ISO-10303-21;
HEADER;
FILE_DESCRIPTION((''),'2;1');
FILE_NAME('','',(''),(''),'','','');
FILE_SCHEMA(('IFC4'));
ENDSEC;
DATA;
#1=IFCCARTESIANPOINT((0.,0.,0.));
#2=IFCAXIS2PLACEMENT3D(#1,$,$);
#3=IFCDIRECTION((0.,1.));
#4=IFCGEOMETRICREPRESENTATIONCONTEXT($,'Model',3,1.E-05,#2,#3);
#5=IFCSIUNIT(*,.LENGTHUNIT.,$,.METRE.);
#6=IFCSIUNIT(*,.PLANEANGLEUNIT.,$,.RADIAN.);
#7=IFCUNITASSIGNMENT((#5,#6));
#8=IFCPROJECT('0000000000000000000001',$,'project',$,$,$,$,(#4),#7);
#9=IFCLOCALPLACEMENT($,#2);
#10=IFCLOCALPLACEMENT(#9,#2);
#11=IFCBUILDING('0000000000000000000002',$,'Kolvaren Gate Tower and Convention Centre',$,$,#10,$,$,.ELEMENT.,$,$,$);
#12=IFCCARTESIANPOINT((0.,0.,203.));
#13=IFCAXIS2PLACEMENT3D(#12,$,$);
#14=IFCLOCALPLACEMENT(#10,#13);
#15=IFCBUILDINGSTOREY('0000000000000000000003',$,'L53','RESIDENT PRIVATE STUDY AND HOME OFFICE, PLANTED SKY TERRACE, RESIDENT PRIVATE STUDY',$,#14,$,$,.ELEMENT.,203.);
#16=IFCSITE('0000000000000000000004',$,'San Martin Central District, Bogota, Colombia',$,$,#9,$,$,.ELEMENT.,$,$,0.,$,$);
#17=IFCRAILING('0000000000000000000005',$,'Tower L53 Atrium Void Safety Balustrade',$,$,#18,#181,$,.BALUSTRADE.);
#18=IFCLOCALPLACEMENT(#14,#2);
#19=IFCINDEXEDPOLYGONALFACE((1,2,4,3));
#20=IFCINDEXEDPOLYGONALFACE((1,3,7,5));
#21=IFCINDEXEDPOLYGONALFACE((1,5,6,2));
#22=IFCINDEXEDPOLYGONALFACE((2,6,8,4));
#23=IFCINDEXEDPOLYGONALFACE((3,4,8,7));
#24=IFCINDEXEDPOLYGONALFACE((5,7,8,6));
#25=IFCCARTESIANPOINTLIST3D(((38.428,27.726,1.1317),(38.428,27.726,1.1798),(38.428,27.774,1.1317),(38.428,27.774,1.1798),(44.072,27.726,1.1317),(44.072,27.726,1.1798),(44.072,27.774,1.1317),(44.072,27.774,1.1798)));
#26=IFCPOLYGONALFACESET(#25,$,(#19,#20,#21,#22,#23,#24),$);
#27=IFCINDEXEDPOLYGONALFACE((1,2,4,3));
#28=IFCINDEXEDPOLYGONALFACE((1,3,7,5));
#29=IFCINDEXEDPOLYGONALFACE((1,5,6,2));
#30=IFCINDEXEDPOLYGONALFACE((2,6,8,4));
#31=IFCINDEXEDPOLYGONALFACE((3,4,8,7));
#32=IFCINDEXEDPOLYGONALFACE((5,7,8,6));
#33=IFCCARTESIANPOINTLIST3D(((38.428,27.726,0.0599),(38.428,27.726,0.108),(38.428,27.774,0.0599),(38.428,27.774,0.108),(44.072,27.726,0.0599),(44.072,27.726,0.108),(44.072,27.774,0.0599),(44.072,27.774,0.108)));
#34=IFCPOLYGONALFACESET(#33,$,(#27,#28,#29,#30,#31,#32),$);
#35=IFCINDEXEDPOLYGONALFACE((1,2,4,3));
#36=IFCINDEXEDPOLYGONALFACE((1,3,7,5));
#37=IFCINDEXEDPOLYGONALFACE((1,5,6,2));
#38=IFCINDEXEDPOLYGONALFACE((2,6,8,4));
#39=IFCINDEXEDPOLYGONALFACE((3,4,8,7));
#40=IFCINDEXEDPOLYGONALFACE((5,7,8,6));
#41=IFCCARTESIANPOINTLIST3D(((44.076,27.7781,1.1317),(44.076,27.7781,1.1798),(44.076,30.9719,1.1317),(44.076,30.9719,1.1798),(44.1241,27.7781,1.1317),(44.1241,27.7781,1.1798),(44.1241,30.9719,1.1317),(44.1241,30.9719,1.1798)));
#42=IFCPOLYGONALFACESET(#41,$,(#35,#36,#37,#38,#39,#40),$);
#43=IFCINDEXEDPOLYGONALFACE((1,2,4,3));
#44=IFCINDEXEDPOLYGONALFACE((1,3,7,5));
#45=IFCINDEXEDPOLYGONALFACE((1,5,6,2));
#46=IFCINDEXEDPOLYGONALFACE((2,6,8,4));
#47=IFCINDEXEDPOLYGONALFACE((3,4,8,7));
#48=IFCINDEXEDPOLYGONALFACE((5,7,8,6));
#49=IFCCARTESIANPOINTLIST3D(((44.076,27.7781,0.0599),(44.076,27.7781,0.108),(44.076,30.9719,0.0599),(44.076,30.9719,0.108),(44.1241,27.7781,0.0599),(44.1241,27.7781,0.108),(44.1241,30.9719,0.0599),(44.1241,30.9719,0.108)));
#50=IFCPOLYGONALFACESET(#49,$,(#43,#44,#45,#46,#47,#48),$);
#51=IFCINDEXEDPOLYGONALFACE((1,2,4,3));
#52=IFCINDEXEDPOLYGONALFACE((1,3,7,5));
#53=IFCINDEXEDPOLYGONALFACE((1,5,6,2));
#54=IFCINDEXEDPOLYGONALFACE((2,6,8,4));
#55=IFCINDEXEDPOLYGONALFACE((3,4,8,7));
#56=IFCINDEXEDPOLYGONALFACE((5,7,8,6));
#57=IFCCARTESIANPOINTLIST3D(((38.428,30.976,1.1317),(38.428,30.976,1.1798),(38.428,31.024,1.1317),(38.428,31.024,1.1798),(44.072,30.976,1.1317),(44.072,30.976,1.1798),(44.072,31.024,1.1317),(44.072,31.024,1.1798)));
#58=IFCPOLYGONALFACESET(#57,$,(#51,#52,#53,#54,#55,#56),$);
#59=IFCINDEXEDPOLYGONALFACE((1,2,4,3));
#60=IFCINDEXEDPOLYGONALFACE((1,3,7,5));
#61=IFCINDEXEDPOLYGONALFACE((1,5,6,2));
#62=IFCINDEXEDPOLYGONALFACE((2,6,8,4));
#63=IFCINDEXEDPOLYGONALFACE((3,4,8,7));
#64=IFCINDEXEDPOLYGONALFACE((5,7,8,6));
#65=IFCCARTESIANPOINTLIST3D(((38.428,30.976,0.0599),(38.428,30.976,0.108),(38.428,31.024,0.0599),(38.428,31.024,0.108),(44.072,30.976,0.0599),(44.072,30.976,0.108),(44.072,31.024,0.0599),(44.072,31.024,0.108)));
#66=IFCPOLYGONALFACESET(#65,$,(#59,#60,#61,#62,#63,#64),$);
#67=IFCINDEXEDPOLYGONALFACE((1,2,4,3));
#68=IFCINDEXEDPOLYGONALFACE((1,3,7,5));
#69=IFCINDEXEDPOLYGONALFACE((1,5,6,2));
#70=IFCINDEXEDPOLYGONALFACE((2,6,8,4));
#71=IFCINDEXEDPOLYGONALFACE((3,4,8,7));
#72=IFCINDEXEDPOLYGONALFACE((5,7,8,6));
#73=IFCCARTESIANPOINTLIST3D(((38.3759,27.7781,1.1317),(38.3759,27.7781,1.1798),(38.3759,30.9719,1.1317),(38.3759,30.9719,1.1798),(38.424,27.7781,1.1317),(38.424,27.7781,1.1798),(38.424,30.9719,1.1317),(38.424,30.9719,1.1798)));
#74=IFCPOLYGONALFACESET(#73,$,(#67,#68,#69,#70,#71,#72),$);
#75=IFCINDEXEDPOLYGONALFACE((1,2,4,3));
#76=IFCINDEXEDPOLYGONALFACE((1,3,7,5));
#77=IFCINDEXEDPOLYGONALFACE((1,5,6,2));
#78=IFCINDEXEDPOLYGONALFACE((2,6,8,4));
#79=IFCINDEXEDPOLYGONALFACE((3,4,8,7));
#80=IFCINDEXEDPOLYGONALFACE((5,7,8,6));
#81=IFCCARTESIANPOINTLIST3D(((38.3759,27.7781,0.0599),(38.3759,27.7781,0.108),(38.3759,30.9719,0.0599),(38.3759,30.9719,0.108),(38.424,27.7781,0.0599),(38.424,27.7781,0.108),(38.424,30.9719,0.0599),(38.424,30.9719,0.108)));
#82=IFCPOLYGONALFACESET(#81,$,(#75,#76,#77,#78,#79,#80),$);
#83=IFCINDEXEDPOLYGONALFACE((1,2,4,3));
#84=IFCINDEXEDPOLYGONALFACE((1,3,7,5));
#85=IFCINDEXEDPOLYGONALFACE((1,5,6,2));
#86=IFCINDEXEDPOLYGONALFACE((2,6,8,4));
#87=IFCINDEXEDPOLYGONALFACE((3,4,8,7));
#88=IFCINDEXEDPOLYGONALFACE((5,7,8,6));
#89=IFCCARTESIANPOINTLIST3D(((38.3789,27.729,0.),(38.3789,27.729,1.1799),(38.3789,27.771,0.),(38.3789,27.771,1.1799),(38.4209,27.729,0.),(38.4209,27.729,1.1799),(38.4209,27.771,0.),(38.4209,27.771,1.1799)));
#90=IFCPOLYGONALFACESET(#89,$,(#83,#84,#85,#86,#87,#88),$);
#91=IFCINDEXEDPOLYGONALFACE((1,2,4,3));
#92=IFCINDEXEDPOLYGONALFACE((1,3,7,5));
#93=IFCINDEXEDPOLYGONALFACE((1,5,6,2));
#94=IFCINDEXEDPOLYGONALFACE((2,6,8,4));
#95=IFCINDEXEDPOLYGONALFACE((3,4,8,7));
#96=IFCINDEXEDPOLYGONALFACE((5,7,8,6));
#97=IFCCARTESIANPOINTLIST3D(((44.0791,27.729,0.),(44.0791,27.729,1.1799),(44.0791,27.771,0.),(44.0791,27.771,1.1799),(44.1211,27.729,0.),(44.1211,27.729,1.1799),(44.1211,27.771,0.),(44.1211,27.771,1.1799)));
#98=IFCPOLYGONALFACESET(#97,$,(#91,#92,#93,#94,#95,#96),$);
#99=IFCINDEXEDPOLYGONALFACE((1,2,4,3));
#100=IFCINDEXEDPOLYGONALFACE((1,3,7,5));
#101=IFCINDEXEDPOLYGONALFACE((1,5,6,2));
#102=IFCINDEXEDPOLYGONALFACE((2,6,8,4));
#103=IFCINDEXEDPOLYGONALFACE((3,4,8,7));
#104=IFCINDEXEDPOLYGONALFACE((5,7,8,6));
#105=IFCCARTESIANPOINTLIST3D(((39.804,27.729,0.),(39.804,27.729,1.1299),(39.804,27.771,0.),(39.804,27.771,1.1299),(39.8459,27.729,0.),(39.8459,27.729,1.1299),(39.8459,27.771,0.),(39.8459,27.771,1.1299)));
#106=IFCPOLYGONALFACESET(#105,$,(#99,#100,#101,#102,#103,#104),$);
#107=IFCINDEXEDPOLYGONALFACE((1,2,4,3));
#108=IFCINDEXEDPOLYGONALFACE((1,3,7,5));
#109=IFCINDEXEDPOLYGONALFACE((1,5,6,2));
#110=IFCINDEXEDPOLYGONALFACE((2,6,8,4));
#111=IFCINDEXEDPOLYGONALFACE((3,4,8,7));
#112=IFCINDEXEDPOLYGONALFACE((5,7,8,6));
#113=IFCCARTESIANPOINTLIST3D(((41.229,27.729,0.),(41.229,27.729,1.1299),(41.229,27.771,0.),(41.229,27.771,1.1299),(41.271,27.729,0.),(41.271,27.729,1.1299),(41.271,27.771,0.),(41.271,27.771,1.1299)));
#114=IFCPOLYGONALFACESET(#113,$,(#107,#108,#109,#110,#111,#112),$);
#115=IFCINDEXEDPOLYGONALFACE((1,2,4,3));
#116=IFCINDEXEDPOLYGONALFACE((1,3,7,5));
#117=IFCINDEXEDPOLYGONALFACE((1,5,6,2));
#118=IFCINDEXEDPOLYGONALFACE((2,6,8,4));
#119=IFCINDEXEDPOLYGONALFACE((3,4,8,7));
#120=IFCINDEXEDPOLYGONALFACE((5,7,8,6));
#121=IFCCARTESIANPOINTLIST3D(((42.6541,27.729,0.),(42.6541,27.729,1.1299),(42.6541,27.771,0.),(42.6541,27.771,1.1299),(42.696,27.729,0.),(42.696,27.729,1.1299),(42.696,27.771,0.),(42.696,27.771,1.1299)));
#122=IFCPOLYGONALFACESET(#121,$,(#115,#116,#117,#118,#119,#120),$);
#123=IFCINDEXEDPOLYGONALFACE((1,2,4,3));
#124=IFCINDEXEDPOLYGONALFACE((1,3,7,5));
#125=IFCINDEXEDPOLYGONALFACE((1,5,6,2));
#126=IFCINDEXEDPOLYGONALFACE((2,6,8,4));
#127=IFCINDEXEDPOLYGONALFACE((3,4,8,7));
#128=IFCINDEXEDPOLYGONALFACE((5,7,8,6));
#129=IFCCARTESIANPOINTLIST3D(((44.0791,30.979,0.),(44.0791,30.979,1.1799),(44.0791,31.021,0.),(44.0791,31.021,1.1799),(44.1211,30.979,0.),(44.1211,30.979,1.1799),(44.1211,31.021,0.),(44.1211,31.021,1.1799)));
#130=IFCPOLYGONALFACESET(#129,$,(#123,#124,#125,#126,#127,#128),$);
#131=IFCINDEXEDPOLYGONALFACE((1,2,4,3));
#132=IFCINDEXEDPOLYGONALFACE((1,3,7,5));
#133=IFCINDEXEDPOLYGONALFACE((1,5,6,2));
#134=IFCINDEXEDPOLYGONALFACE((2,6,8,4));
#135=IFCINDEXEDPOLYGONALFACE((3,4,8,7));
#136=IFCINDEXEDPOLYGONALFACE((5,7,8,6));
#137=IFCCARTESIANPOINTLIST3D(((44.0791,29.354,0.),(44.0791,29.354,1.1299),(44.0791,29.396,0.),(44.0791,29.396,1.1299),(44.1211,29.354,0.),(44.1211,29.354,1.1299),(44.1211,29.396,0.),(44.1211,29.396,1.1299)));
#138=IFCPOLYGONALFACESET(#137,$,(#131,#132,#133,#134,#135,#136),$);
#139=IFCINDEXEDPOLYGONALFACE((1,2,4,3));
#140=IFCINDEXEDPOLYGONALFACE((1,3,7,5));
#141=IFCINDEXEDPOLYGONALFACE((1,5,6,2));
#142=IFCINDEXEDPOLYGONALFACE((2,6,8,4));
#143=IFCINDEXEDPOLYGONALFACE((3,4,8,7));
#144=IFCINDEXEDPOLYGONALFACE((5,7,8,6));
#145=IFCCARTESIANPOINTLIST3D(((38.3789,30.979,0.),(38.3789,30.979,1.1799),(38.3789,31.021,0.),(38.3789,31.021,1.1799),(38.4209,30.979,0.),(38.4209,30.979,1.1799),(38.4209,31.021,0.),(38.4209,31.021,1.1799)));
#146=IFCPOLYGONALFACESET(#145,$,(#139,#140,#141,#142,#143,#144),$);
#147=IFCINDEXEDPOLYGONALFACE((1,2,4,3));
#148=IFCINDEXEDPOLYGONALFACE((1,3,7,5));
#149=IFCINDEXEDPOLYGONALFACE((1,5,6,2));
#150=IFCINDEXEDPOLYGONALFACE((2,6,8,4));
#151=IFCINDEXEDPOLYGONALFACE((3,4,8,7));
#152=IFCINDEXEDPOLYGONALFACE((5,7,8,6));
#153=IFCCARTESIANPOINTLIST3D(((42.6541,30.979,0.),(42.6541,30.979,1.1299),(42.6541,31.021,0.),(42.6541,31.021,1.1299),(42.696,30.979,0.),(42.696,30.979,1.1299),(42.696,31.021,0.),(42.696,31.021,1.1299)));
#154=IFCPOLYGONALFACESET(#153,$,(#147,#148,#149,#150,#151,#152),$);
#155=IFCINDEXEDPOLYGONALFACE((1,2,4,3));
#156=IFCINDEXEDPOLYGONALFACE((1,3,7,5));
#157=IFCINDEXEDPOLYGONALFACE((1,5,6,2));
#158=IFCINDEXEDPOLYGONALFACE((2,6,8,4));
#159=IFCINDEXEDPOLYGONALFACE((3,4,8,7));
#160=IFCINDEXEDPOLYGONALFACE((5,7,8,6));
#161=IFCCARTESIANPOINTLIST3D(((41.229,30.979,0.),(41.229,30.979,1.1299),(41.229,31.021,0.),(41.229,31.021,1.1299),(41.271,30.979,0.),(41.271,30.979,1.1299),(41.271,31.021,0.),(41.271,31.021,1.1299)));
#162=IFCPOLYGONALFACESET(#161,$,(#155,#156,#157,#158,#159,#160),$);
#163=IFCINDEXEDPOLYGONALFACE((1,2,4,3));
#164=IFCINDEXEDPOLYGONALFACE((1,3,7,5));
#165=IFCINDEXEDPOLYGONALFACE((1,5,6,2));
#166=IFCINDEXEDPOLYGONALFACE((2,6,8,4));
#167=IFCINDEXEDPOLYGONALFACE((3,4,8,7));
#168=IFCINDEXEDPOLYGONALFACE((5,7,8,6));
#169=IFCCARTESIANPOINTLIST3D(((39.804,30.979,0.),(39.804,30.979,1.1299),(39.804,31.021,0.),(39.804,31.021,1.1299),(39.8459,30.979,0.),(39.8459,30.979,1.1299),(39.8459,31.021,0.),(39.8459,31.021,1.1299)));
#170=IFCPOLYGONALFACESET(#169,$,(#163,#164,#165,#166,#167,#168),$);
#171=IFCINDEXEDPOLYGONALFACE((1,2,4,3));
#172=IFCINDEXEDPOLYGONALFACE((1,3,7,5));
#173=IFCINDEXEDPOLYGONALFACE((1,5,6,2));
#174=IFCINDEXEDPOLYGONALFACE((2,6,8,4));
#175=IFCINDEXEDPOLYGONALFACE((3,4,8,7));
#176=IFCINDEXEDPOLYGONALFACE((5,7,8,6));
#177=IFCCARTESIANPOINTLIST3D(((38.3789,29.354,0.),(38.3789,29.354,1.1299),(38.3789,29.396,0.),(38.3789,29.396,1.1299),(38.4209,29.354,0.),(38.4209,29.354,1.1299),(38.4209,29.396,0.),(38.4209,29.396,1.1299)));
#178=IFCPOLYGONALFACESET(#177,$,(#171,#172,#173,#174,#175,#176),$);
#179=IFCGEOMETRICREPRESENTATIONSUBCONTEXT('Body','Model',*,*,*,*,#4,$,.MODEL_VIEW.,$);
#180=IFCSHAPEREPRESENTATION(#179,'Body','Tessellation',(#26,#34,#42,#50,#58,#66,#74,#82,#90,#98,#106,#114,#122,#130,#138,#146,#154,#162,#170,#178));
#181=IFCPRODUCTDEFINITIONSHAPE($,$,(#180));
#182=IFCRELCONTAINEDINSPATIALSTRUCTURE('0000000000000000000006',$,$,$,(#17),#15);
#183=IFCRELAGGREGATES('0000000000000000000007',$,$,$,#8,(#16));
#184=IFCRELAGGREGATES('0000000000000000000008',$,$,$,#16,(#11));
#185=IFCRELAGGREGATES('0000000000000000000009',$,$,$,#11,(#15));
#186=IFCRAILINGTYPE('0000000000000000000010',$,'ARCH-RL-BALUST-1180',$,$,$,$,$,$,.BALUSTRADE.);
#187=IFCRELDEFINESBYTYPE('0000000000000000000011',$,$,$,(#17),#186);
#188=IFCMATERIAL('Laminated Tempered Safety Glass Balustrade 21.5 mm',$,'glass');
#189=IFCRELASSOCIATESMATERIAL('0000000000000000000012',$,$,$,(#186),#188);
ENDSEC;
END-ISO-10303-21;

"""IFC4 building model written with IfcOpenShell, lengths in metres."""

from ifc_helpers import new_model, si_unit, direction, frame, origin, origin_2d, place, context, subcontext, project, spatial, rectangle, extrude, material, type_object, element, save


model = new_model("IFC4")

# Units and contexts
model_context = context("Model", 3, precision=1e-05, world=origin(), true_north=direction((0.0, 1.0)))
body_context = subcontext(model_context, "Body", "Model", "MODEL_VIEW")
ifc_project = project(units=[si_unit("LENGTHUNIT", "METRE"), si_unit("PLANEANGLEUNIT", "RADIAN")], contexts=[model_context])

# Site, building, storey
site_placement = place(None, origin())
site = spatial("IfcSite", under=ifc_project, at=site_placement, Name="San Martin Central District, Bogota, Colombia", CompositionType="ELEMENT", RefElevation=0.0)
building_placement = place(site_placement, origin())
building = spatial("IfcBuilding", under=site, at=building_placement, Name="Kolvaren Gate Tower and Convention Centre", CompositionType="ELEMENT")
storey_placement = place(building_placement, frame((0.0, 0.0, 203.0)))
storey = spatial("IfcBuildingStorey", under=building, at=storey_placement, Name="L53", Description="RESIDENT PRIVATE STUDY AND HOME OFFICE, PLANTED SKY TERRACE, RESIDENT PRIVATE STUDY", CompositionType="ELEMENT", Elevation=203.0)

# Railing
ifc_material_1 = material(Name="Laminated Tempered Safety Glass Balustrade 21.5 mm", Category="glass")
railing_type = type_object("IfcRailingType", Name="ARCH-RL-BALUST-1180", PredefinedType="BALUSTRADE", material=ifc_material_1)
railing_placement = place(storey_placement, frame((38.3999, 27.75, 0.0)))
element("IfcRailing", 1, at=railing_placement, inside=storey, type_object=railing_type, Name="Tower L53 Atrium Void Safety Balustrade", PredefinedType="BALUSTRADE", context=body_context, shape_type="SweptSolid", body=[
    extrude(rectangle(XDim=0.0481, YDim=0.0481, at=origin_2d()), frame((0.0281, 0.0, 1.1558), z_axis=(1.0, 0.0, 0.0), x_axis=(0.0, 1.0, 0.0)), (0.0, 0.0, 1.0), 5.644),
    extrude(rectangle(XDim=0.0481, YDim=0.0481, at=origin_2d()), frame((0.0281, 0.0, 0.084), z_axis=(1.0, 0.0, 0.0), x_axis=(0.0, 1.0, 0.0)), (0.0, 0.0, 1.0), 5.644),
    extrude(rectangle(XDim=0.0481, YDim=0.0481, at=origin_2d()), frame((5.7002, 0.0281, 1.1558), z_axis=(0.0, 1.0, 0.0), x_axis=(-1.0, 0.0, 0.0)), (0.0, 0.0, 1.0), 3.1938),
    extrude(rectangle(XDim=0.0481, YDim=0.0481, at=origin_2d()), frame((5.7002, 0.0281, 0.084), z_axis=(0.0, 1.0, 0.0), x_axis=(-1.0, 0.0, 0.0)), (0.0, 0.0, 1.0), 3.1938),
    extrude(rectangle(XDim=0.0481, YDim=0.0481, at=origin_2d()), frame((5.6721, 3.25, 1.1558), z_axis=(-1.0, 0.0, 0.0), x_axis=(0.0, -1.0, 0.0)), (0.0, 0.0, 1.0), 5.644),
    extrude(rectangle(XDim=0.0481, YDim=0.0481, at=origin_2d()), frame((5.6721, 3.25, 0.084), z_axis=(-1.0, 0.0, 0.0), x_axis=(0.0, -1.0, 0.0)), (0.0, 0.0, 1.0), 5.644),
    extrude(rectangle(XDim=0.0481, YDim=0.0481, at=origin_2d()), frame((0.0, 3.2219, 1.1558), z_axis=(0.0, -1.0, 0.0), x_axis=(1.0, 0.0, 0.0)), (0.0, 0.0, 1.0), 3.1938),
    extrude(rectangle(XDim=0.0481, YDim=0.0481, at=origin_2d()), frame((0.0, 3.2219, 0.084), z_axis=(0.0, -1.0, 0.0), x_axis=(1.0, 0.0, 0.0)), (0.0, 0.0, 1.0), 3.1938),
    extrude(rectangle(XDim=0.042, YDim=0.042, at=origin_2d()), origin(), (0.0, 0.0, 1.0), 1.1799),
    extrude(rectangle(XDim=0.042, YDim=0.042, at=origin_2d()), frame((5.7002, 0.0, 0.0)), (0.0, 0.0, 1.0), 1.1799),
    extrude(rectangle(XDim=0.042, YDim=0.042, at=origin_2d()), frame((1.425, 0.0, 0.0)), (0.0, 0.0, 1.0), 1.1299),
    extrude(rectangle(XDim=0.042, YDim=0.042, at=origin_2d()), frame((2.8501, 0.0, 0.0)), (0.0, 0.0, 1.0), 1.1299),
    extrude(rectangle(XDim=0.042, YDim=0.042, at=origin_2d()), frame((4.2751, 0.0, 0.0)), (0.0, 0.0, 1.0), 1.1299),
    extrude(rectangle(XDim=0.042, YDim=0.042, at=origin_2d()), frame((5.7002, 3.25, 0.0)), (0.0, 0.0, 1.0), 1.1799),
    extrude(rectangle(XDim=0.042, YDim=0.042, at=origin_2d()), frame((5.7002, 1.625, 0.0)), (0.0, 0.0, 1.0), 1.1299),
    extrude(rectangle(XDim=0.042, YDim=0.042, at=origin_2d()), frame((0.0, 3.25, 0.0)), (0.0, 0.0, 1.0), 1.1799),
    extrude(rectangle(XDim=0.042, YDim=0.042, at=origin_2d()), frame((4.2751, 3.25, 0.0)), (0.0, 0.0, 1.0), 1.1299),
    extrude(rectangle(XDim=0.042, YDim=0.042, at=origin_2d()), frame((2.8501, 3.25, 0.0)), (0.0, 0.0, 1.0), 1.1299),
    extrude(rectangle(XDim=0.042, YDim=0.042, at=origin_2d()), frame((1.425, 3.25, 0.0)), (0.0, 0.0, 1.0), 1.1299),
    extrude(rectangle(XDim=0.042, YDim=0.042, at=origin_2d()), frame((0.0, 1.625, 0.0)), (0.0, 0.0, 1.0), 1.1299),
])

save(model, "model.ifc")
